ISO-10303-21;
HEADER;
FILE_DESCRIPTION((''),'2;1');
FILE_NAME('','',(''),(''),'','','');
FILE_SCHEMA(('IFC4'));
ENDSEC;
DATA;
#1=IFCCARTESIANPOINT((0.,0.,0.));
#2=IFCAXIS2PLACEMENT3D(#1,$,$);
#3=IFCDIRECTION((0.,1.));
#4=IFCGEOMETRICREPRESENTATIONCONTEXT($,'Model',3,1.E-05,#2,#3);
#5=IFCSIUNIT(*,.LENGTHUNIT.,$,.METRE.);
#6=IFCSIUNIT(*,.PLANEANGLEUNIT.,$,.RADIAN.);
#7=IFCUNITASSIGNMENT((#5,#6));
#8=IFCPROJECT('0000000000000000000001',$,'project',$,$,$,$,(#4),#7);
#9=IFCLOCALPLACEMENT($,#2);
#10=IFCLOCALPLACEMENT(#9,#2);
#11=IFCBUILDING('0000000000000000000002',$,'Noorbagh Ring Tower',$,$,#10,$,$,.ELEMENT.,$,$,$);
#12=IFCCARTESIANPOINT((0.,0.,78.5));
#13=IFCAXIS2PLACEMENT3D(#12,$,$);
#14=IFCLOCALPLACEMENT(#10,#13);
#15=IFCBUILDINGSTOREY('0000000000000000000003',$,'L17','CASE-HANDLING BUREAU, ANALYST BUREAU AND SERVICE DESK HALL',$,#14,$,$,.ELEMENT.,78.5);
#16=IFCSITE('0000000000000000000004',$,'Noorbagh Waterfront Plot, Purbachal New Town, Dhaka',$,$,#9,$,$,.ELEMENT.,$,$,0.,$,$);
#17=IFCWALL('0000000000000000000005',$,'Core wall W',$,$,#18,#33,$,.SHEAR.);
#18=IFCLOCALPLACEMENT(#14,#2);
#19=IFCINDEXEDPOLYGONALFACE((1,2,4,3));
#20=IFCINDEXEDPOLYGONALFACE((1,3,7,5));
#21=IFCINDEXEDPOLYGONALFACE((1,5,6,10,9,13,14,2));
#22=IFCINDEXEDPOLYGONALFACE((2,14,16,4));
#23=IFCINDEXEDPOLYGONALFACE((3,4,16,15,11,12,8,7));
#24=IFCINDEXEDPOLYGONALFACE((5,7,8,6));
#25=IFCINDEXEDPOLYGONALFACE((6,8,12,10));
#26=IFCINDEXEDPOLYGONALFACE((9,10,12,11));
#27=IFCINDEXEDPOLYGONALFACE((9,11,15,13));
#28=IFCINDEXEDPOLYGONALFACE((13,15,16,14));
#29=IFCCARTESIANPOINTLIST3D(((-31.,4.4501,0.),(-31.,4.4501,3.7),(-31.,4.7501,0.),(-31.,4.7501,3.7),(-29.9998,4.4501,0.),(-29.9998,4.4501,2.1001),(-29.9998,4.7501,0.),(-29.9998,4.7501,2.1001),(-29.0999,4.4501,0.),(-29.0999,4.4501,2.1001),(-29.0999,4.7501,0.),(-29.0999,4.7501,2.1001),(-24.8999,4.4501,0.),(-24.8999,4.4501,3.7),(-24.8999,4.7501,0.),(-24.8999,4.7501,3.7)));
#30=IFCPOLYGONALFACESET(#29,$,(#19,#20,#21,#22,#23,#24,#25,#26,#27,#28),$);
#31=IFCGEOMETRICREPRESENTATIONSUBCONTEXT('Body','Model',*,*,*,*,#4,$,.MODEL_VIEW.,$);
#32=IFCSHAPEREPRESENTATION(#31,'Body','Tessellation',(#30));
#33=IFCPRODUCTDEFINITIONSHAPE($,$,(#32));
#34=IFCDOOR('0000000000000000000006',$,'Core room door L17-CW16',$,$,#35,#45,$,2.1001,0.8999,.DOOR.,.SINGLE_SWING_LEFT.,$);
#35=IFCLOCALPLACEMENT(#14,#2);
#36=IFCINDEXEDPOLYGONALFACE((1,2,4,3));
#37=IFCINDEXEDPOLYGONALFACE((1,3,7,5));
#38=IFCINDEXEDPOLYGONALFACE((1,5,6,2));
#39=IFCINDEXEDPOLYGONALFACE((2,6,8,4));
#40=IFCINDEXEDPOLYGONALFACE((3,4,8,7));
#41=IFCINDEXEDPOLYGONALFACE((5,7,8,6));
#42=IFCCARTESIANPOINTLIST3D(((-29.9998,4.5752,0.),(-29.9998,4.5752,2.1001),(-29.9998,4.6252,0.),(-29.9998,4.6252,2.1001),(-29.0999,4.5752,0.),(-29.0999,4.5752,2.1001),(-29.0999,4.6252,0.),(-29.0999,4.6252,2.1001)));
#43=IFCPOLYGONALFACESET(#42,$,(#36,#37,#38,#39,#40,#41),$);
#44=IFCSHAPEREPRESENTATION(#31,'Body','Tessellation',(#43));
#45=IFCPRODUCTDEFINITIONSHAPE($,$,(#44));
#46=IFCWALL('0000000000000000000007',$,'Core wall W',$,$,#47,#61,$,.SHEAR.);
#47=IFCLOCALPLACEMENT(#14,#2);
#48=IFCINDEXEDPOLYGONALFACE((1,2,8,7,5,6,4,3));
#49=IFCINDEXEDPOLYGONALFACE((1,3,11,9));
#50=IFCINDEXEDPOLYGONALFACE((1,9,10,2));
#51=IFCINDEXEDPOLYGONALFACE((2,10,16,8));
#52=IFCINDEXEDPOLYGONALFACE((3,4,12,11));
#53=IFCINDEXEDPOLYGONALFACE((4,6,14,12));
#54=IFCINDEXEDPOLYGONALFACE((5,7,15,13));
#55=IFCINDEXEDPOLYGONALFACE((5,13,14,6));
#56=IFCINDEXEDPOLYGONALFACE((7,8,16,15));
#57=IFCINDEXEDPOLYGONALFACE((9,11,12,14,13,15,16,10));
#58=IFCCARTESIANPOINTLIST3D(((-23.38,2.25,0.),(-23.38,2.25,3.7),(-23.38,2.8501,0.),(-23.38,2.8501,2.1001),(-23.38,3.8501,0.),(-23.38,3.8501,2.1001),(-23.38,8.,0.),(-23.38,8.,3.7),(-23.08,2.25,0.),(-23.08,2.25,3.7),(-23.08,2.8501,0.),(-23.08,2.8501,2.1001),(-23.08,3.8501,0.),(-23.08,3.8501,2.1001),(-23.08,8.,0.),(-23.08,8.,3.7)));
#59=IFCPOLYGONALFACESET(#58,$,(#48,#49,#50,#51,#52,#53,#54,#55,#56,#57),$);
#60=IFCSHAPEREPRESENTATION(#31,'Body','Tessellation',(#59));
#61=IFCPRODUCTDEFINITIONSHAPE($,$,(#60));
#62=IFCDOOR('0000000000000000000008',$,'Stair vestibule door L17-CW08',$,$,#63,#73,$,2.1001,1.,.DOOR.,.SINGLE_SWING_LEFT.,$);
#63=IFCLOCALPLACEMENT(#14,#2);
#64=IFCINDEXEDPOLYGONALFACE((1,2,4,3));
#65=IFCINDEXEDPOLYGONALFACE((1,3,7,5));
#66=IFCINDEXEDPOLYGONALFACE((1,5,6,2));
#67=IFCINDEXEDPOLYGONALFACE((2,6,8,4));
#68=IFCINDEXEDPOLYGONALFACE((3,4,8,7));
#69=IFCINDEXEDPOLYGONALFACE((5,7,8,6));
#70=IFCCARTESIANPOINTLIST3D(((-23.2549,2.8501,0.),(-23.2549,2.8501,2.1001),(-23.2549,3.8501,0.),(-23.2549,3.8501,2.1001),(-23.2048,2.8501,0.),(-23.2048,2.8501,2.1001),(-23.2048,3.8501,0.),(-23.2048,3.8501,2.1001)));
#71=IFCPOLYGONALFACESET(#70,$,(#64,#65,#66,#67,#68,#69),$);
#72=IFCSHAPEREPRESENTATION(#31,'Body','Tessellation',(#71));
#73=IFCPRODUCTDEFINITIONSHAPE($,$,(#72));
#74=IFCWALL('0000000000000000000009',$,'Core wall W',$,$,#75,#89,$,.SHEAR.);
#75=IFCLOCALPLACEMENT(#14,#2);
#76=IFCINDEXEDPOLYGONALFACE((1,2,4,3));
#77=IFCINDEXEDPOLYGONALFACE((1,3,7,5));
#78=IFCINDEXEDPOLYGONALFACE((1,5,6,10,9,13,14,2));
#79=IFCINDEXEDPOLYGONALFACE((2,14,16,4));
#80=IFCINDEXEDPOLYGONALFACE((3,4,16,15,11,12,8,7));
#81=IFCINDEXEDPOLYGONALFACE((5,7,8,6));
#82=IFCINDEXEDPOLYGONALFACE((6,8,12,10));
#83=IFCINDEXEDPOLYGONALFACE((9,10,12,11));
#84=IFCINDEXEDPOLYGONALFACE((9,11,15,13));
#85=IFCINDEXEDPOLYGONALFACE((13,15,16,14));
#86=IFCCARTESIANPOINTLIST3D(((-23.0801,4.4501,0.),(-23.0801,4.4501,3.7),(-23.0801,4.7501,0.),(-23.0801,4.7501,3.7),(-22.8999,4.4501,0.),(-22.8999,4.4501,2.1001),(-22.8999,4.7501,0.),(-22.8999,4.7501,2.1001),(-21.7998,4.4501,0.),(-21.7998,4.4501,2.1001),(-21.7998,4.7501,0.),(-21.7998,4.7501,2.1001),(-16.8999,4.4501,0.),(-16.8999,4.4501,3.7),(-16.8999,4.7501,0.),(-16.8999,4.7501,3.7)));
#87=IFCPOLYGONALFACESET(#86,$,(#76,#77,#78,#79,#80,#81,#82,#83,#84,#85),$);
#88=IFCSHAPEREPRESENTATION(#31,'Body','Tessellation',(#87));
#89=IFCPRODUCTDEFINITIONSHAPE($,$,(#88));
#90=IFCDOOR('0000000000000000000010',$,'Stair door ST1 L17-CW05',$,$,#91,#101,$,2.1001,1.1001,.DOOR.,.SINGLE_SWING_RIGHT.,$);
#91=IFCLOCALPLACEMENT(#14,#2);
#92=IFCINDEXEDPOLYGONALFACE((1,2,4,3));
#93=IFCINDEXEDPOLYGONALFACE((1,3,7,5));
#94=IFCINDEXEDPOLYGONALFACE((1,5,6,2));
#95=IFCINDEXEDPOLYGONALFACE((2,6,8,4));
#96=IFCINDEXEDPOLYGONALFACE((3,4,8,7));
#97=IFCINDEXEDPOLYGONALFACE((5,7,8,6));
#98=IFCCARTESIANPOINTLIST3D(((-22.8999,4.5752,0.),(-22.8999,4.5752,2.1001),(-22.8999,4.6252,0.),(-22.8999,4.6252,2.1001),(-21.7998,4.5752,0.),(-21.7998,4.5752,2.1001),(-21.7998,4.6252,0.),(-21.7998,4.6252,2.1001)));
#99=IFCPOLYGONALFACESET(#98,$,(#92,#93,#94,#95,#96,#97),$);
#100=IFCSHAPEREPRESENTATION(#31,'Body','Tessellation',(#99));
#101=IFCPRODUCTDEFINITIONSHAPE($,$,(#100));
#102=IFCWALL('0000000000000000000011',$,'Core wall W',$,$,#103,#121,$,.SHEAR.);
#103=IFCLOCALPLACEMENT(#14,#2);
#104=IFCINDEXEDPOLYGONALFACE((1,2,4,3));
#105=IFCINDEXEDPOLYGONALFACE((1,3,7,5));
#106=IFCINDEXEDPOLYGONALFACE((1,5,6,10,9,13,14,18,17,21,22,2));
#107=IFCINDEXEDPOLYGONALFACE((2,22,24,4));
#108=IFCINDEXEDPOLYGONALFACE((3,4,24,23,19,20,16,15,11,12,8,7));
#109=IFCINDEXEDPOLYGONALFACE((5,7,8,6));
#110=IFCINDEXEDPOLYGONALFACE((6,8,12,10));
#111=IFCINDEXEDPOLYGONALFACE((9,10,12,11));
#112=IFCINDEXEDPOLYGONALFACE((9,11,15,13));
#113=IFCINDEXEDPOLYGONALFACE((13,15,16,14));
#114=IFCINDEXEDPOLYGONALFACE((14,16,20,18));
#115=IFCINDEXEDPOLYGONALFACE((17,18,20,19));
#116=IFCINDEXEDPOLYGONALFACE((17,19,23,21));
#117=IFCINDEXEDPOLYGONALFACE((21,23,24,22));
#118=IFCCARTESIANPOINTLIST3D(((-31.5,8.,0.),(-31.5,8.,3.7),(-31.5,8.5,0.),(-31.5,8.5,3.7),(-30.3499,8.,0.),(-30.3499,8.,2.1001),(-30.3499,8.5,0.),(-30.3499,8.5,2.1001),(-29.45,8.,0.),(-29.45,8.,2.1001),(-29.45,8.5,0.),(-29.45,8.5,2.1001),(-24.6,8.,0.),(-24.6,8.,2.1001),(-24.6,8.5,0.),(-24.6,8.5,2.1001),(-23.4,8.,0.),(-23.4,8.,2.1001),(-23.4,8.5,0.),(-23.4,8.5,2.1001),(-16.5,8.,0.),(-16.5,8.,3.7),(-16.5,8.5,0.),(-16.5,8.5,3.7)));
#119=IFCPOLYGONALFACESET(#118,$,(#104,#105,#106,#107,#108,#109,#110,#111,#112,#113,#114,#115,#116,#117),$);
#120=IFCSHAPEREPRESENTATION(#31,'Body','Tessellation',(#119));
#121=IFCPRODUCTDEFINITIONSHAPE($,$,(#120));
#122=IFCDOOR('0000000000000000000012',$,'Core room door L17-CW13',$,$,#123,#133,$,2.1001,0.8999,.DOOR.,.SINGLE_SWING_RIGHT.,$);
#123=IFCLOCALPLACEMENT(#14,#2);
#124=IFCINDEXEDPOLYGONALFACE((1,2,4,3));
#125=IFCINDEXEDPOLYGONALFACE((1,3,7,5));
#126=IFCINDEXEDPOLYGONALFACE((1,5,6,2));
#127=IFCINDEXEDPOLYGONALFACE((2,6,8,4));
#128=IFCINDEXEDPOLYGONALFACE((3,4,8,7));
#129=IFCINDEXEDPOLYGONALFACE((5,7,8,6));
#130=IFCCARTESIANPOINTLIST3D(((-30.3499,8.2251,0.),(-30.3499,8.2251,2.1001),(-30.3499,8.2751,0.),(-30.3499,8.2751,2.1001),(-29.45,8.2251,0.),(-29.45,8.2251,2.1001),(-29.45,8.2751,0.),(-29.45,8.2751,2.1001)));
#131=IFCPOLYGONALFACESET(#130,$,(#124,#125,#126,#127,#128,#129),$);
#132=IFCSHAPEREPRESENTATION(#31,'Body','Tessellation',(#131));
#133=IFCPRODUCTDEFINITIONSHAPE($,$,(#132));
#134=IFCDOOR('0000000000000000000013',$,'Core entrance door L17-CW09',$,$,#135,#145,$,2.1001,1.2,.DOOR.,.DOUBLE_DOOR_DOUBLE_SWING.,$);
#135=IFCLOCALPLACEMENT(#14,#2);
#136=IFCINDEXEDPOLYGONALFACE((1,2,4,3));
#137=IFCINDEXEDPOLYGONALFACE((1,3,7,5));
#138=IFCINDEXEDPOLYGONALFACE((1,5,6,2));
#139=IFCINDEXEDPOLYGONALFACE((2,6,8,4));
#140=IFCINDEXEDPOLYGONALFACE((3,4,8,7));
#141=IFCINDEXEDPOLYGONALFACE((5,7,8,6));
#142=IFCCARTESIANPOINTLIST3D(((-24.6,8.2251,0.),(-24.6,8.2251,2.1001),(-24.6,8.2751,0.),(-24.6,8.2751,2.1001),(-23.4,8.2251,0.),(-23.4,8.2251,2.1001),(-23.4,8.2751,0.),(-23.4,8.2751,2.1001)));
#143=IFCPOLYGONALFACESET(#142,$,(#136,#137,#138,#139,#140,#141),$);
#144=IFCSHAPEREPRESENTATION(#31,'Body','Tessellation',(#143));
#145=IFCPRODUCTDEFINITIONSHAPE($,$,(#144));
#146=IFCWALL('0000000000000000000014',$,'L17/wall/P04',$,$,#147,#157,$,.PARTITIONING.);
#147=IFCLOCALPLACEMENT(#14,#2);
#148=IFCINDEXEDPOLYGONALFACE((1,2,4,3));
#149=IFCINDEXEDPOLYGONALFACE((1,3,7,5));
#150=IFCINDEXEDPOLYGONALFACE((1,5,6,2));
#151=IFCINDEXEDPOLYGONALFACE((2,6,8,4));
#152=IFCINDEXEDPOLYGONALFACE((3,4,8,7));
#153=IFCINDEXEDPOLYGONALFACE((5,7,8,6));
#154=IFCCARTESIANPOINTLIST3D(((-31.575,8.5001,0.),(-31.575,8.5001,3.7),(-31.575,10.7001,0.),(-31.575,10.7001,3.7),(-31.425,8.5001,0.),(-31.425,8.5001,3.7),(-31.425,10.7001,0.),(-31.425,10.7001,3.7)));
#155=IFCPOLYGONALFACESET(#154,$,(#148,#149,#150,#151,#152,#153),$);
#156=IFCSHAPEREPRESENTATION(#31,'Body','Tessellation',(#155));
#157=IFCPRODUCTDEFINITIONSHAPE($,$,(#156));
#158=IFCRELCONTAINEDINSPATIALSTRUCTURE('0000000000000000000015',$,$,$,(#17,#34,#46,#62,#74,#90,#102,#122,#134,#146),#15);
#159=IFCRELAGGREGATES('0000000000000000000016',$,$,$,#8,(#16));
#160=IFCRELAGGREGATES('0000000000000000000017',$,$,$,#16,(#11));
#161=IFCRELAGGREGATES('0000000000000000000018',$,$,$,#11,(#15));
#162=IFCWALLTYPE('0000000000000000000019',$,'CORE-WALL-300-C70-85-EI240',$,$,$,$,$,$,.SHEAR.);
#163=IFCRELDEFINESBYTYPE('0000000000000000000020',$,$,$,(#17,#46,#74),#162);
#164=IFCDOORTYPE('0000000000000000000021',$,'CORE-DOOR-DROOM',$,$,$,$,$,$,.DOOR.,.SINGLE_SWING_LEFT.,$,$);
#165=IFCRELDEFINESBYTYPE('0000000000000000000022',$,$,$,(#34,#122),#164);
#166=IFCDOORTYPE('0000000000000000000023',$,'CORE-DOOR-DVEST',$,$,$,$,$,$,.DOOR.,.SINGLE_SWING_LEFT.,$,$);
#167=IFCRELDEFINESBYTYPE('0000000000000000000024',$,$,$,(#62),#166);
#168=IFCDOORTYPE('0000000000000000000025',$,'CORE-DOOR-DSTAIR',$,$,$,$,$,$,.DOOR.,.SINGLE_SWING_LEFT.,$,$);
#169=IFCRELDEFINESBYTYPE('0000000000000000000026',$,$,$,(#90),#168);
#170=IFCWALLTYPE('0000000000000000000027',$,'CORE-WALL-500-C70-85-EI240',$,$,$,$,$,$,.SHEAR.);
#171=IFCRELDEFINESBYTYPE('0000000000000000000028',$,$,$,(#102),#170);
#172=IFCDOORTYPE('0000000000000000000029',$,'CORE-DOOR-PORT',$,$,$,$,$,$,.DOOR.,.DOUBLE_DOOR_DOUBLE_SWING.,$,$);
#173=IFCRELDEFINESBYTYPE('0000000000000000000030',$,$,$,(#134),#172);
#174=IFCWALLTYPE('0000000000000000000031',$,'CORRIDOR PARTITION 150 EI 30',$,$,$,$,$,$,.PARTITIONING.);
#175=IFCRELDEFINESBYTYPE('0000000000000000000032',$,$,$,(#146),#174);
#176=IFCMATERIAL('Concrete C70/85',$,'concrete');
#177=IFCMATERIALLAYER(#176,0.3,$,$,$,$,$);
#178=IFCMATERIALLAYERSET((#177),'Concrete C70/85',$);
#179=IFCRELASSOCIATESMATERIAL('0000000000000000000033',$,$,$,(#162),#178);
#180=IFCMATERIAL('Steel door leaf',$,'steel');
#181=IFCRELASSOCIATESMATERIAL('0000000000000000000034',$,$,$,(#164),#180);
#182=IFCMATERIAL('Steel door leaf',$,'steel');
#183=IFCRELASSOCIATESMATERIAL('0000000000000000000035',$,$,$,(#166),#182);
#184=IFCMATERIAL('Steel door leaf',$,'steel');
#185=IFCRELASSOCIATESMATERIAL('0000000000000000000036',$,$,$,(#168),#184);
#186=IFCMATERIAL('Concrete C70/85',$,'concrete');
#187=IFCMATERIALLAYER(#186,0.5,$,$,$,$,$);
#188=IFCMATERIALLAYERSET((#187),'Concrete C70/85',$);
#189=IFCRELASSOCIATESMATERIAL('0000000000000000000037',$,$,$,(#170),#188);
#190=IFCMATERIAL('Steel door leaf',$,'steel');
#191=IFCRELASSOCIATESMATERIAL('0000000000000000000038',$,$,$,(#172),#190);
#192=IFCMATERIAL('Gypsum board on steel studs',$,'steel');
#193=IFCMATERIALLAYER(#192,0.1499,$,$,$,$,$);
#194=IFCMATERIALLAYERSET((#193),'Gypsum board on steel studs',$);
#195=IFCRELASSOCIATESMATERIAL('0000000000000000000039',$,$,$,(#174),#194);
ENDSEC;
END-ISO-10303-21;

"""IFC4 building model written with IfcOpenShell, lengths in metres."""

from ifc_helpers import new_model, si_unit, direction, frame, frame_2d, origin, place, context, subcontext, project, spatial, rectangle, extrude, material, layer, layer_set, type_object, element, fill, save


model = new_model("IFC4")

# Units and contexts
model_context = context("Model", 3, precision=1e-05, world=origin(), true_north=direction((0.0, 1.0)))
body_context = subcontext(model_context, "Body", "Model", "MODEL_VIEW")
ifc_project = project(units=[si_unit("LENGTHUNIT", "METRE"), si_unit("PLANEANGLEUNIT", "RADIAN")], contexts=[model_context])

# Site, building, storey
site_placement = place(None, origin())
site = spatial("IfcSite", under=ifc_project, at=site_placement, Name="Noorbagh Waterfront Plot, Purbachal New Town, Dhaka", CompositionType="ELEMENT", RefElevation=0.0)
building_placement = place(site_placement, origin())
building = spatial("IfcBuilding", under=site, at=building_placement, Name="Noorbagh Ring Tower", CompositionType="ELEMENT")
storey_placement = place(building_placement, frame((0.0, 0.0, 78.5)))
storey = spatial("IfcBuildingStorey", under=building, at=storey_placement, Name="L17", Description="CASE-HANDLING BUREAU, ANALYST BUREAU AND SERVICE DESK HALL", CompositionType="ELEMENT", Elevation=78.5)

# Walls, openings, doors
ifc_material_1 = material(Name="Concrete C70/85", Category="concrete")
ifc_layer_1 = layer(ifc_material_1, 0.3)
ifc_layer_set_1 = layer_set([ifc_layer_1], Name="Concrete C70/85")
wall_type_1 = type_object("IfcWallType", Name="CORE-WALL-300-C70-85-EI240", PredefinedType="SHEAR", material=ifc_layer_set_1)
wall_1_placement = place(storey_placement, frame((-24.8999, 4.6001, 0.0), z_axis=(0.0, 0.0, 1.0), x_axis=(-1.0, 0.0, 0.0)))
wall_1 = element("IfcWall", 1, at=wall_1_placement, inside=storey, type_object=wall_type_1, Name="Core wall W", PredefinedType="SHEAR", context=body_context, shape_type="SweptSolid", body=[
    extrude(rectangle(XDim=6.1001, YDim=0.3, at=frame_2d((3.05, 0.0))), origin(), (0.0, 0.0, 1.0), 3.7),
])
opening_1_placement = place(wall_1_placement, frame((4.2, 0.0, 0.0)))
opening_1 = element("IfcOpeningElement", 2, at=opening_1_placement, cuts=wall_1, PredefinedType="OPENING", context=body_context, shape_type="SweptSolid", body=[
    extrude(rectangle(XDim=0.8999, YDim=2.1001, at=frame_2d((0.45, 1.05))), frame((0.0, 0.1602, 0.0), z_axis=(0.0, -1.0, 0.0), x_axis=(1.0, 0.0, 0.0)), (0.0, 0.0, 1.0), 0.3201),
])
ifc_material_2 = material(Name="Steel door leaf", Category="steel")
door_type_1 = type_object("IfcDoorType", Name="CORE-DOOR-DROOM", OperationType="SINGLE_SWING_LEFT", PredefinedType="DOOR", material=ifc_material_2)
door_1_placement = place(opening_1_placement, origin())
door_1 = element("IfcDoor", 3, at=door_1_placement, inside=storey, type_object=door_type_1, Name="Core room door L17-CW16", OperationType="SINGLE_SWING_LEFT", OverallHeight=2.1001, OverallWidth=0.8999, PredefinedType="DOOR", context=body_context, shape_type="SweptSolid", body=[
    extrude(rectangle(XDim=0.8999, YDim=2.1001, at=frame_2d((0.45, 1.05))), frame((0.0, 0.0249, 0.0), z_axis=(0.0, -1.0, 0.0), x_axis=(1.0, 0.0, 0.0)), (0.0, 0.0, 1.0), 0.05),
])
fill(opening_1, door_1)
wall_2_placement = place(storey_placement, frame((-23.23, 2.25, 0.0), z_axis=(0.0, 0.0, 1.0), x_axis=(0.0, 1.0, 0.0)))
wall_2 = element("IfcWall", 4, at=wall_2_placement, inside=storey, type_object=wall_type_1, Name="Core wall W", PredefinedType="SHEAR", context=body_context, shape_type="SweptSolid", body=[
    extrude(rectangle(XDim=5.75, YDim=0.3, at=frame_2d((2.875, 0.0))), origin(), (0.0, 0.0, 1.0), 3.7),
])
opening_2_placement = place(wall_2_placement, frame((0.6001, 0.0, 0.0)))
opening_2 = element("IfcOpeningElement", 5, at=opening_2_placement, cuts=wall_2, PredefinedType="OPENING", context=body_context, shape_type="SweptSolid", body=[
    extrude(rectangle(XDim=1.0, YDim=2.1001, at=frame_2d((0.5, 1.05))), frame((0.0, 0.1602, 0.0), z_axis=(0.0, -1.0, 0.0), x_axis=(1.0, 0.0, 0.0)), (0.0, 0.0, 1.0), 0.3201),
])
ifc_material_3 = material(Name="Steel door leaf", Category="steel")
door_type_2 = type_object("IfcDoorType", Name="CORE-DOOR-DVEST", OperationType="SINGLE_SWING_LEFT", PredefinedType="DOOR", material=ifc_material_3)
door_2_placement = place(opening_2_placement, origin())
door_2 = element("IfcDoor", 6, at=door_2_placement, inside=storey, type_object=door_type_2, Name="Stair vestibule door L17-CW08", OperationType="SINGLE_SWING_LEFT", OverallHeight=2.1001, OverallWidth=1.0, PredefinedType="DOOR", context=body_context, shape_type="SweptSolid", body=[
    extrude(rectangle(XDim=1.0, YDim=2.1001, at=frame_2d((0.5, 1.05))), frame((0.0, 0.0249, 0.0), z_axis=(0.0, -1.0, 0.0), x_axis=(1.0, 0.0, 0.0)), (0.0, 0.0, 1.0), 0.05),
])
fill(opening_2, door_2)
wall_3_placement = place(storey_placement, frame((-16.8999, 4.6001, 0.0), z_axis=(0.0, 0.0, 1.0), x_axis=(-1.0, 0.0, 0.0)))
wall_3 = element("IfcWall", 7, at=wall_3_placement, inside=storey, type_object=wall_type_1, Name="Core wall W", PredefinedType="SHEAR", context=body_context, shape_type="SweptSolid", body=[
    extrude(rectangle(XDim=6.1802, YDim=0.3, at=frame_2d((3.0901, 0.0))), origin(), (0.0, 0.0, 1.0), 3.7),
])
opening_3_placement = place(wall_3_placement, frame((4.8999, 0.0, 0.0)))
opening_3 = element("IfcOpeningElement", 8, at=opening_3_placement, cuts=wall_3, PredefinedType="OPENING", context=body_context, shape_type="SweptSolid", body=[
    extrude(rectangle(XDim=1.1001, YDim=2.1001, at=frame_2d((0.55, 1.05))), frame((0.0, 0.1602, 0.0), z_axis=(0.0, -1.0, 0.0), x_axis=(1.0, 0.0, 0.0)), (0.0, 0.0, 1.0), 0.3201),
])
ifc_material_4 = material(Name="Steel door leaf", Category="steel")
door_type_3 = type_object("IfcDoorType", Name="CORE-DOOR-DSTAIR", OperationType="SINGLE_SWING_LEFT", PredefinedType="DOOR", material=ifc_material_4)
door_3_placement = place(opening_3_placement, origin())
door_3 = element("IfcDoor", 9, at=door_3_placement, inside=storey, type_object=door_type_3, Name="Stair door ST1 L17-CW05", OperationType="SINGLE_SWING_RIGHT", OverallHeight=2.1001, OverallWidth=1.1001, PredefinedType="DOOR", context=body_context, shape_type="SweptSolid", body=[
    extrude(rectangle(XDim=1.1001, YDim=2.1001, at=frame_2d((0.55, 1.05))), frame((0.0, 0.0249, 0.0), z_axis=(0.0, -1.0, 0.0), x_axis=(1.0, 0.0, 0.0)), (0.0, 0.0, 1.0), 0.05),
])
fill(opening_3, door_3)

# Wall, openings, doors
ifc_material_5 = material(Name="Concrete C70/85", Category="concrete")
ifc_layer_2 = layer(ifc_material_5, 0.5)
ifc_layer_set_2 = layer_set([ifc_layer_2], Name="Concrete C70/85")
wall_type_2 = type_object("IfcWallType", Name="CORE-WALL-500-C70-85-EI240", PredefinedType="SHEAR", material=ifc_layer_set_2)
wall_4_placement = place(storey_placement, frame((-16.5, 8.25, 0.0), z_axis=(0.0, 0.0, 1.0), x_axis=(-1.0, 0.0, 0.0)))
wall_4 = element("IfcWall", 10, at=wall_4_placement, inside=storey, type_object=wall_type_2, Name="Core wall W", PredefinedType="SHEAR", context=body_context, shape_type="SweptSolid", body=[
    extrude(rectangle(XDim=15.0, YDim=0.5, at=frame_2d((7.5, 0.0))), origin(), (0.0, 0.0, 1.0), 3.7),
])
opening_4_placement = place(wall_4_placement, frame((6.8999, 0.0, 0.0)))
opening_4 = element("IfcOpeningElement", 11, at=opening_4_placement, cuts=wall_4, PredefinedType="OPENING", context=body_context, shape_type="SweptSolid", body=[
    extrude(rectangle(XDim=1.2, YDim=2.1001, at=frame_2d((0.6001, 1.05))), frame((0.0, 0.26, 0.0), z_axis=(0.0, -1.0, 0.0), x_axis=(1.0, 0.0, 0.0)), (0.0, 0.0, 1.0), 0.52),
])
opening_5_placement = place(wall_4_placement, frame((12.95, 0.0, 0.0)))
opening_5 = element("IfcOpeningElement", 12, at=opening_5_placement, cuts=wall_4, PredefinedType="OPENING", context=body_context, shape_type="SweptSolid", body=[
    extrude(rectangle(XDim=0.8999, YDim=2.1001, at=frame_2d((0.45, 1.05))), frame((0.0, 0.26, 0.0), z_axis=(0.0, -1.0, 0.0), x_axis=(1.0, 0.0, 0.0)), (0.0, 0.0, 1.0), 0.52),
])
door_4_placement = place(opening_5_placement, origin())
door_4 = element("IfcDoor", 13, at=door_4_placement, inside=storey, type_object=door_type_1, Name="Core room door L17-CW13", OperationType="SINGLE_SWING_RIGHT", OverallHeight=2.1001, OverallWidth=0.8999, PredefinedType="DOOR", context=body_context, shape_type="SweptSolid", body=[
    extrude(rectangle(XDim=0.8999, YDim=2.1001, at=frame_2d((0.45, 1.05))), frame((0.0, 0.0249, 0.0), z_axis=(0.0, -1.0, 0.0), x_axis=(1.0, 0.0, 0.0)), (0.0, 0.0, 1.0), 0.05),
])
fill(opening_5, door_4)
ifc_material_6 = material(Name="Steel door leaf", Category="steel")
door_type_4 = type_object("IfcDoorType", Name="CORE-DOOR-PORT", OperationType="DOUBLE_DOOR_DOUBLE_SWING", PredefinedType="DOOR", material=ifc_material_6)
door_5_placement = place(opening_4_placement, origin())
door_5 = element("IfcDoor", 14, at=door_5_placement, inside=storey, type_object=door_type_4, Name="Core entrance door L17-CW09", OperationType="DOUBLE_DOOR_DOUBLE_SWING", OverallHeight=2.1001, OverallWidth=1.2, PredefinedType="DOOR", context=body_context, shape_type="SweptSolid", body=[
    extrude(rectangle(XDim=1.2, YDim=2.1001, at=frame_2d((0.6001, 1.05))), frame((0.0, 0.0249, 0.0), z_axis=(0.0, -1.0, 0.0), x_axis=(1.0, 0.0, 0.0)), (0.0, 0.0, 1.0), 0.05),
])
fill(opening_4, door_5)

# Wall
ifc_material_7 = material(Name="Gypsum board on steel studs", Category="steel")
ifc_layer_3 = layer(ifc_material_7, 0.1499)
ifc_layer_set_3 = layer_set([ifc_layer_3], Name="Gypsum board on steel studs")
wall_type_3 = type_object("IfcWallType", Name="CORRIDOR PARTITION 150 EI 30", PredefinedType="PARTITIONING", material=ifc_layer_set_3)
wall_5_placement = place(storey_placement, frame((-31.5, 8.5, 0.0), z_axis=(0.0, 0.0, 1.0), x_axis=(0.0, 1.0, 0.0)))
element("IfcWall", 15, at=wall_5_placement, inside=storey, type_object=wall_type_3, Name="L17/wall/P04", PredefinedType="PARTITIONING", context=body_context, shape_type="SweptSolid", body=[
    extrude(rectangle(XDim=2.2, YDim=0.1499, at=frame_2d((1.1001, 0.0))), origin(), (0.0, 0.0, 1.0), 3.7),
])

save(model, "model.ifc")
